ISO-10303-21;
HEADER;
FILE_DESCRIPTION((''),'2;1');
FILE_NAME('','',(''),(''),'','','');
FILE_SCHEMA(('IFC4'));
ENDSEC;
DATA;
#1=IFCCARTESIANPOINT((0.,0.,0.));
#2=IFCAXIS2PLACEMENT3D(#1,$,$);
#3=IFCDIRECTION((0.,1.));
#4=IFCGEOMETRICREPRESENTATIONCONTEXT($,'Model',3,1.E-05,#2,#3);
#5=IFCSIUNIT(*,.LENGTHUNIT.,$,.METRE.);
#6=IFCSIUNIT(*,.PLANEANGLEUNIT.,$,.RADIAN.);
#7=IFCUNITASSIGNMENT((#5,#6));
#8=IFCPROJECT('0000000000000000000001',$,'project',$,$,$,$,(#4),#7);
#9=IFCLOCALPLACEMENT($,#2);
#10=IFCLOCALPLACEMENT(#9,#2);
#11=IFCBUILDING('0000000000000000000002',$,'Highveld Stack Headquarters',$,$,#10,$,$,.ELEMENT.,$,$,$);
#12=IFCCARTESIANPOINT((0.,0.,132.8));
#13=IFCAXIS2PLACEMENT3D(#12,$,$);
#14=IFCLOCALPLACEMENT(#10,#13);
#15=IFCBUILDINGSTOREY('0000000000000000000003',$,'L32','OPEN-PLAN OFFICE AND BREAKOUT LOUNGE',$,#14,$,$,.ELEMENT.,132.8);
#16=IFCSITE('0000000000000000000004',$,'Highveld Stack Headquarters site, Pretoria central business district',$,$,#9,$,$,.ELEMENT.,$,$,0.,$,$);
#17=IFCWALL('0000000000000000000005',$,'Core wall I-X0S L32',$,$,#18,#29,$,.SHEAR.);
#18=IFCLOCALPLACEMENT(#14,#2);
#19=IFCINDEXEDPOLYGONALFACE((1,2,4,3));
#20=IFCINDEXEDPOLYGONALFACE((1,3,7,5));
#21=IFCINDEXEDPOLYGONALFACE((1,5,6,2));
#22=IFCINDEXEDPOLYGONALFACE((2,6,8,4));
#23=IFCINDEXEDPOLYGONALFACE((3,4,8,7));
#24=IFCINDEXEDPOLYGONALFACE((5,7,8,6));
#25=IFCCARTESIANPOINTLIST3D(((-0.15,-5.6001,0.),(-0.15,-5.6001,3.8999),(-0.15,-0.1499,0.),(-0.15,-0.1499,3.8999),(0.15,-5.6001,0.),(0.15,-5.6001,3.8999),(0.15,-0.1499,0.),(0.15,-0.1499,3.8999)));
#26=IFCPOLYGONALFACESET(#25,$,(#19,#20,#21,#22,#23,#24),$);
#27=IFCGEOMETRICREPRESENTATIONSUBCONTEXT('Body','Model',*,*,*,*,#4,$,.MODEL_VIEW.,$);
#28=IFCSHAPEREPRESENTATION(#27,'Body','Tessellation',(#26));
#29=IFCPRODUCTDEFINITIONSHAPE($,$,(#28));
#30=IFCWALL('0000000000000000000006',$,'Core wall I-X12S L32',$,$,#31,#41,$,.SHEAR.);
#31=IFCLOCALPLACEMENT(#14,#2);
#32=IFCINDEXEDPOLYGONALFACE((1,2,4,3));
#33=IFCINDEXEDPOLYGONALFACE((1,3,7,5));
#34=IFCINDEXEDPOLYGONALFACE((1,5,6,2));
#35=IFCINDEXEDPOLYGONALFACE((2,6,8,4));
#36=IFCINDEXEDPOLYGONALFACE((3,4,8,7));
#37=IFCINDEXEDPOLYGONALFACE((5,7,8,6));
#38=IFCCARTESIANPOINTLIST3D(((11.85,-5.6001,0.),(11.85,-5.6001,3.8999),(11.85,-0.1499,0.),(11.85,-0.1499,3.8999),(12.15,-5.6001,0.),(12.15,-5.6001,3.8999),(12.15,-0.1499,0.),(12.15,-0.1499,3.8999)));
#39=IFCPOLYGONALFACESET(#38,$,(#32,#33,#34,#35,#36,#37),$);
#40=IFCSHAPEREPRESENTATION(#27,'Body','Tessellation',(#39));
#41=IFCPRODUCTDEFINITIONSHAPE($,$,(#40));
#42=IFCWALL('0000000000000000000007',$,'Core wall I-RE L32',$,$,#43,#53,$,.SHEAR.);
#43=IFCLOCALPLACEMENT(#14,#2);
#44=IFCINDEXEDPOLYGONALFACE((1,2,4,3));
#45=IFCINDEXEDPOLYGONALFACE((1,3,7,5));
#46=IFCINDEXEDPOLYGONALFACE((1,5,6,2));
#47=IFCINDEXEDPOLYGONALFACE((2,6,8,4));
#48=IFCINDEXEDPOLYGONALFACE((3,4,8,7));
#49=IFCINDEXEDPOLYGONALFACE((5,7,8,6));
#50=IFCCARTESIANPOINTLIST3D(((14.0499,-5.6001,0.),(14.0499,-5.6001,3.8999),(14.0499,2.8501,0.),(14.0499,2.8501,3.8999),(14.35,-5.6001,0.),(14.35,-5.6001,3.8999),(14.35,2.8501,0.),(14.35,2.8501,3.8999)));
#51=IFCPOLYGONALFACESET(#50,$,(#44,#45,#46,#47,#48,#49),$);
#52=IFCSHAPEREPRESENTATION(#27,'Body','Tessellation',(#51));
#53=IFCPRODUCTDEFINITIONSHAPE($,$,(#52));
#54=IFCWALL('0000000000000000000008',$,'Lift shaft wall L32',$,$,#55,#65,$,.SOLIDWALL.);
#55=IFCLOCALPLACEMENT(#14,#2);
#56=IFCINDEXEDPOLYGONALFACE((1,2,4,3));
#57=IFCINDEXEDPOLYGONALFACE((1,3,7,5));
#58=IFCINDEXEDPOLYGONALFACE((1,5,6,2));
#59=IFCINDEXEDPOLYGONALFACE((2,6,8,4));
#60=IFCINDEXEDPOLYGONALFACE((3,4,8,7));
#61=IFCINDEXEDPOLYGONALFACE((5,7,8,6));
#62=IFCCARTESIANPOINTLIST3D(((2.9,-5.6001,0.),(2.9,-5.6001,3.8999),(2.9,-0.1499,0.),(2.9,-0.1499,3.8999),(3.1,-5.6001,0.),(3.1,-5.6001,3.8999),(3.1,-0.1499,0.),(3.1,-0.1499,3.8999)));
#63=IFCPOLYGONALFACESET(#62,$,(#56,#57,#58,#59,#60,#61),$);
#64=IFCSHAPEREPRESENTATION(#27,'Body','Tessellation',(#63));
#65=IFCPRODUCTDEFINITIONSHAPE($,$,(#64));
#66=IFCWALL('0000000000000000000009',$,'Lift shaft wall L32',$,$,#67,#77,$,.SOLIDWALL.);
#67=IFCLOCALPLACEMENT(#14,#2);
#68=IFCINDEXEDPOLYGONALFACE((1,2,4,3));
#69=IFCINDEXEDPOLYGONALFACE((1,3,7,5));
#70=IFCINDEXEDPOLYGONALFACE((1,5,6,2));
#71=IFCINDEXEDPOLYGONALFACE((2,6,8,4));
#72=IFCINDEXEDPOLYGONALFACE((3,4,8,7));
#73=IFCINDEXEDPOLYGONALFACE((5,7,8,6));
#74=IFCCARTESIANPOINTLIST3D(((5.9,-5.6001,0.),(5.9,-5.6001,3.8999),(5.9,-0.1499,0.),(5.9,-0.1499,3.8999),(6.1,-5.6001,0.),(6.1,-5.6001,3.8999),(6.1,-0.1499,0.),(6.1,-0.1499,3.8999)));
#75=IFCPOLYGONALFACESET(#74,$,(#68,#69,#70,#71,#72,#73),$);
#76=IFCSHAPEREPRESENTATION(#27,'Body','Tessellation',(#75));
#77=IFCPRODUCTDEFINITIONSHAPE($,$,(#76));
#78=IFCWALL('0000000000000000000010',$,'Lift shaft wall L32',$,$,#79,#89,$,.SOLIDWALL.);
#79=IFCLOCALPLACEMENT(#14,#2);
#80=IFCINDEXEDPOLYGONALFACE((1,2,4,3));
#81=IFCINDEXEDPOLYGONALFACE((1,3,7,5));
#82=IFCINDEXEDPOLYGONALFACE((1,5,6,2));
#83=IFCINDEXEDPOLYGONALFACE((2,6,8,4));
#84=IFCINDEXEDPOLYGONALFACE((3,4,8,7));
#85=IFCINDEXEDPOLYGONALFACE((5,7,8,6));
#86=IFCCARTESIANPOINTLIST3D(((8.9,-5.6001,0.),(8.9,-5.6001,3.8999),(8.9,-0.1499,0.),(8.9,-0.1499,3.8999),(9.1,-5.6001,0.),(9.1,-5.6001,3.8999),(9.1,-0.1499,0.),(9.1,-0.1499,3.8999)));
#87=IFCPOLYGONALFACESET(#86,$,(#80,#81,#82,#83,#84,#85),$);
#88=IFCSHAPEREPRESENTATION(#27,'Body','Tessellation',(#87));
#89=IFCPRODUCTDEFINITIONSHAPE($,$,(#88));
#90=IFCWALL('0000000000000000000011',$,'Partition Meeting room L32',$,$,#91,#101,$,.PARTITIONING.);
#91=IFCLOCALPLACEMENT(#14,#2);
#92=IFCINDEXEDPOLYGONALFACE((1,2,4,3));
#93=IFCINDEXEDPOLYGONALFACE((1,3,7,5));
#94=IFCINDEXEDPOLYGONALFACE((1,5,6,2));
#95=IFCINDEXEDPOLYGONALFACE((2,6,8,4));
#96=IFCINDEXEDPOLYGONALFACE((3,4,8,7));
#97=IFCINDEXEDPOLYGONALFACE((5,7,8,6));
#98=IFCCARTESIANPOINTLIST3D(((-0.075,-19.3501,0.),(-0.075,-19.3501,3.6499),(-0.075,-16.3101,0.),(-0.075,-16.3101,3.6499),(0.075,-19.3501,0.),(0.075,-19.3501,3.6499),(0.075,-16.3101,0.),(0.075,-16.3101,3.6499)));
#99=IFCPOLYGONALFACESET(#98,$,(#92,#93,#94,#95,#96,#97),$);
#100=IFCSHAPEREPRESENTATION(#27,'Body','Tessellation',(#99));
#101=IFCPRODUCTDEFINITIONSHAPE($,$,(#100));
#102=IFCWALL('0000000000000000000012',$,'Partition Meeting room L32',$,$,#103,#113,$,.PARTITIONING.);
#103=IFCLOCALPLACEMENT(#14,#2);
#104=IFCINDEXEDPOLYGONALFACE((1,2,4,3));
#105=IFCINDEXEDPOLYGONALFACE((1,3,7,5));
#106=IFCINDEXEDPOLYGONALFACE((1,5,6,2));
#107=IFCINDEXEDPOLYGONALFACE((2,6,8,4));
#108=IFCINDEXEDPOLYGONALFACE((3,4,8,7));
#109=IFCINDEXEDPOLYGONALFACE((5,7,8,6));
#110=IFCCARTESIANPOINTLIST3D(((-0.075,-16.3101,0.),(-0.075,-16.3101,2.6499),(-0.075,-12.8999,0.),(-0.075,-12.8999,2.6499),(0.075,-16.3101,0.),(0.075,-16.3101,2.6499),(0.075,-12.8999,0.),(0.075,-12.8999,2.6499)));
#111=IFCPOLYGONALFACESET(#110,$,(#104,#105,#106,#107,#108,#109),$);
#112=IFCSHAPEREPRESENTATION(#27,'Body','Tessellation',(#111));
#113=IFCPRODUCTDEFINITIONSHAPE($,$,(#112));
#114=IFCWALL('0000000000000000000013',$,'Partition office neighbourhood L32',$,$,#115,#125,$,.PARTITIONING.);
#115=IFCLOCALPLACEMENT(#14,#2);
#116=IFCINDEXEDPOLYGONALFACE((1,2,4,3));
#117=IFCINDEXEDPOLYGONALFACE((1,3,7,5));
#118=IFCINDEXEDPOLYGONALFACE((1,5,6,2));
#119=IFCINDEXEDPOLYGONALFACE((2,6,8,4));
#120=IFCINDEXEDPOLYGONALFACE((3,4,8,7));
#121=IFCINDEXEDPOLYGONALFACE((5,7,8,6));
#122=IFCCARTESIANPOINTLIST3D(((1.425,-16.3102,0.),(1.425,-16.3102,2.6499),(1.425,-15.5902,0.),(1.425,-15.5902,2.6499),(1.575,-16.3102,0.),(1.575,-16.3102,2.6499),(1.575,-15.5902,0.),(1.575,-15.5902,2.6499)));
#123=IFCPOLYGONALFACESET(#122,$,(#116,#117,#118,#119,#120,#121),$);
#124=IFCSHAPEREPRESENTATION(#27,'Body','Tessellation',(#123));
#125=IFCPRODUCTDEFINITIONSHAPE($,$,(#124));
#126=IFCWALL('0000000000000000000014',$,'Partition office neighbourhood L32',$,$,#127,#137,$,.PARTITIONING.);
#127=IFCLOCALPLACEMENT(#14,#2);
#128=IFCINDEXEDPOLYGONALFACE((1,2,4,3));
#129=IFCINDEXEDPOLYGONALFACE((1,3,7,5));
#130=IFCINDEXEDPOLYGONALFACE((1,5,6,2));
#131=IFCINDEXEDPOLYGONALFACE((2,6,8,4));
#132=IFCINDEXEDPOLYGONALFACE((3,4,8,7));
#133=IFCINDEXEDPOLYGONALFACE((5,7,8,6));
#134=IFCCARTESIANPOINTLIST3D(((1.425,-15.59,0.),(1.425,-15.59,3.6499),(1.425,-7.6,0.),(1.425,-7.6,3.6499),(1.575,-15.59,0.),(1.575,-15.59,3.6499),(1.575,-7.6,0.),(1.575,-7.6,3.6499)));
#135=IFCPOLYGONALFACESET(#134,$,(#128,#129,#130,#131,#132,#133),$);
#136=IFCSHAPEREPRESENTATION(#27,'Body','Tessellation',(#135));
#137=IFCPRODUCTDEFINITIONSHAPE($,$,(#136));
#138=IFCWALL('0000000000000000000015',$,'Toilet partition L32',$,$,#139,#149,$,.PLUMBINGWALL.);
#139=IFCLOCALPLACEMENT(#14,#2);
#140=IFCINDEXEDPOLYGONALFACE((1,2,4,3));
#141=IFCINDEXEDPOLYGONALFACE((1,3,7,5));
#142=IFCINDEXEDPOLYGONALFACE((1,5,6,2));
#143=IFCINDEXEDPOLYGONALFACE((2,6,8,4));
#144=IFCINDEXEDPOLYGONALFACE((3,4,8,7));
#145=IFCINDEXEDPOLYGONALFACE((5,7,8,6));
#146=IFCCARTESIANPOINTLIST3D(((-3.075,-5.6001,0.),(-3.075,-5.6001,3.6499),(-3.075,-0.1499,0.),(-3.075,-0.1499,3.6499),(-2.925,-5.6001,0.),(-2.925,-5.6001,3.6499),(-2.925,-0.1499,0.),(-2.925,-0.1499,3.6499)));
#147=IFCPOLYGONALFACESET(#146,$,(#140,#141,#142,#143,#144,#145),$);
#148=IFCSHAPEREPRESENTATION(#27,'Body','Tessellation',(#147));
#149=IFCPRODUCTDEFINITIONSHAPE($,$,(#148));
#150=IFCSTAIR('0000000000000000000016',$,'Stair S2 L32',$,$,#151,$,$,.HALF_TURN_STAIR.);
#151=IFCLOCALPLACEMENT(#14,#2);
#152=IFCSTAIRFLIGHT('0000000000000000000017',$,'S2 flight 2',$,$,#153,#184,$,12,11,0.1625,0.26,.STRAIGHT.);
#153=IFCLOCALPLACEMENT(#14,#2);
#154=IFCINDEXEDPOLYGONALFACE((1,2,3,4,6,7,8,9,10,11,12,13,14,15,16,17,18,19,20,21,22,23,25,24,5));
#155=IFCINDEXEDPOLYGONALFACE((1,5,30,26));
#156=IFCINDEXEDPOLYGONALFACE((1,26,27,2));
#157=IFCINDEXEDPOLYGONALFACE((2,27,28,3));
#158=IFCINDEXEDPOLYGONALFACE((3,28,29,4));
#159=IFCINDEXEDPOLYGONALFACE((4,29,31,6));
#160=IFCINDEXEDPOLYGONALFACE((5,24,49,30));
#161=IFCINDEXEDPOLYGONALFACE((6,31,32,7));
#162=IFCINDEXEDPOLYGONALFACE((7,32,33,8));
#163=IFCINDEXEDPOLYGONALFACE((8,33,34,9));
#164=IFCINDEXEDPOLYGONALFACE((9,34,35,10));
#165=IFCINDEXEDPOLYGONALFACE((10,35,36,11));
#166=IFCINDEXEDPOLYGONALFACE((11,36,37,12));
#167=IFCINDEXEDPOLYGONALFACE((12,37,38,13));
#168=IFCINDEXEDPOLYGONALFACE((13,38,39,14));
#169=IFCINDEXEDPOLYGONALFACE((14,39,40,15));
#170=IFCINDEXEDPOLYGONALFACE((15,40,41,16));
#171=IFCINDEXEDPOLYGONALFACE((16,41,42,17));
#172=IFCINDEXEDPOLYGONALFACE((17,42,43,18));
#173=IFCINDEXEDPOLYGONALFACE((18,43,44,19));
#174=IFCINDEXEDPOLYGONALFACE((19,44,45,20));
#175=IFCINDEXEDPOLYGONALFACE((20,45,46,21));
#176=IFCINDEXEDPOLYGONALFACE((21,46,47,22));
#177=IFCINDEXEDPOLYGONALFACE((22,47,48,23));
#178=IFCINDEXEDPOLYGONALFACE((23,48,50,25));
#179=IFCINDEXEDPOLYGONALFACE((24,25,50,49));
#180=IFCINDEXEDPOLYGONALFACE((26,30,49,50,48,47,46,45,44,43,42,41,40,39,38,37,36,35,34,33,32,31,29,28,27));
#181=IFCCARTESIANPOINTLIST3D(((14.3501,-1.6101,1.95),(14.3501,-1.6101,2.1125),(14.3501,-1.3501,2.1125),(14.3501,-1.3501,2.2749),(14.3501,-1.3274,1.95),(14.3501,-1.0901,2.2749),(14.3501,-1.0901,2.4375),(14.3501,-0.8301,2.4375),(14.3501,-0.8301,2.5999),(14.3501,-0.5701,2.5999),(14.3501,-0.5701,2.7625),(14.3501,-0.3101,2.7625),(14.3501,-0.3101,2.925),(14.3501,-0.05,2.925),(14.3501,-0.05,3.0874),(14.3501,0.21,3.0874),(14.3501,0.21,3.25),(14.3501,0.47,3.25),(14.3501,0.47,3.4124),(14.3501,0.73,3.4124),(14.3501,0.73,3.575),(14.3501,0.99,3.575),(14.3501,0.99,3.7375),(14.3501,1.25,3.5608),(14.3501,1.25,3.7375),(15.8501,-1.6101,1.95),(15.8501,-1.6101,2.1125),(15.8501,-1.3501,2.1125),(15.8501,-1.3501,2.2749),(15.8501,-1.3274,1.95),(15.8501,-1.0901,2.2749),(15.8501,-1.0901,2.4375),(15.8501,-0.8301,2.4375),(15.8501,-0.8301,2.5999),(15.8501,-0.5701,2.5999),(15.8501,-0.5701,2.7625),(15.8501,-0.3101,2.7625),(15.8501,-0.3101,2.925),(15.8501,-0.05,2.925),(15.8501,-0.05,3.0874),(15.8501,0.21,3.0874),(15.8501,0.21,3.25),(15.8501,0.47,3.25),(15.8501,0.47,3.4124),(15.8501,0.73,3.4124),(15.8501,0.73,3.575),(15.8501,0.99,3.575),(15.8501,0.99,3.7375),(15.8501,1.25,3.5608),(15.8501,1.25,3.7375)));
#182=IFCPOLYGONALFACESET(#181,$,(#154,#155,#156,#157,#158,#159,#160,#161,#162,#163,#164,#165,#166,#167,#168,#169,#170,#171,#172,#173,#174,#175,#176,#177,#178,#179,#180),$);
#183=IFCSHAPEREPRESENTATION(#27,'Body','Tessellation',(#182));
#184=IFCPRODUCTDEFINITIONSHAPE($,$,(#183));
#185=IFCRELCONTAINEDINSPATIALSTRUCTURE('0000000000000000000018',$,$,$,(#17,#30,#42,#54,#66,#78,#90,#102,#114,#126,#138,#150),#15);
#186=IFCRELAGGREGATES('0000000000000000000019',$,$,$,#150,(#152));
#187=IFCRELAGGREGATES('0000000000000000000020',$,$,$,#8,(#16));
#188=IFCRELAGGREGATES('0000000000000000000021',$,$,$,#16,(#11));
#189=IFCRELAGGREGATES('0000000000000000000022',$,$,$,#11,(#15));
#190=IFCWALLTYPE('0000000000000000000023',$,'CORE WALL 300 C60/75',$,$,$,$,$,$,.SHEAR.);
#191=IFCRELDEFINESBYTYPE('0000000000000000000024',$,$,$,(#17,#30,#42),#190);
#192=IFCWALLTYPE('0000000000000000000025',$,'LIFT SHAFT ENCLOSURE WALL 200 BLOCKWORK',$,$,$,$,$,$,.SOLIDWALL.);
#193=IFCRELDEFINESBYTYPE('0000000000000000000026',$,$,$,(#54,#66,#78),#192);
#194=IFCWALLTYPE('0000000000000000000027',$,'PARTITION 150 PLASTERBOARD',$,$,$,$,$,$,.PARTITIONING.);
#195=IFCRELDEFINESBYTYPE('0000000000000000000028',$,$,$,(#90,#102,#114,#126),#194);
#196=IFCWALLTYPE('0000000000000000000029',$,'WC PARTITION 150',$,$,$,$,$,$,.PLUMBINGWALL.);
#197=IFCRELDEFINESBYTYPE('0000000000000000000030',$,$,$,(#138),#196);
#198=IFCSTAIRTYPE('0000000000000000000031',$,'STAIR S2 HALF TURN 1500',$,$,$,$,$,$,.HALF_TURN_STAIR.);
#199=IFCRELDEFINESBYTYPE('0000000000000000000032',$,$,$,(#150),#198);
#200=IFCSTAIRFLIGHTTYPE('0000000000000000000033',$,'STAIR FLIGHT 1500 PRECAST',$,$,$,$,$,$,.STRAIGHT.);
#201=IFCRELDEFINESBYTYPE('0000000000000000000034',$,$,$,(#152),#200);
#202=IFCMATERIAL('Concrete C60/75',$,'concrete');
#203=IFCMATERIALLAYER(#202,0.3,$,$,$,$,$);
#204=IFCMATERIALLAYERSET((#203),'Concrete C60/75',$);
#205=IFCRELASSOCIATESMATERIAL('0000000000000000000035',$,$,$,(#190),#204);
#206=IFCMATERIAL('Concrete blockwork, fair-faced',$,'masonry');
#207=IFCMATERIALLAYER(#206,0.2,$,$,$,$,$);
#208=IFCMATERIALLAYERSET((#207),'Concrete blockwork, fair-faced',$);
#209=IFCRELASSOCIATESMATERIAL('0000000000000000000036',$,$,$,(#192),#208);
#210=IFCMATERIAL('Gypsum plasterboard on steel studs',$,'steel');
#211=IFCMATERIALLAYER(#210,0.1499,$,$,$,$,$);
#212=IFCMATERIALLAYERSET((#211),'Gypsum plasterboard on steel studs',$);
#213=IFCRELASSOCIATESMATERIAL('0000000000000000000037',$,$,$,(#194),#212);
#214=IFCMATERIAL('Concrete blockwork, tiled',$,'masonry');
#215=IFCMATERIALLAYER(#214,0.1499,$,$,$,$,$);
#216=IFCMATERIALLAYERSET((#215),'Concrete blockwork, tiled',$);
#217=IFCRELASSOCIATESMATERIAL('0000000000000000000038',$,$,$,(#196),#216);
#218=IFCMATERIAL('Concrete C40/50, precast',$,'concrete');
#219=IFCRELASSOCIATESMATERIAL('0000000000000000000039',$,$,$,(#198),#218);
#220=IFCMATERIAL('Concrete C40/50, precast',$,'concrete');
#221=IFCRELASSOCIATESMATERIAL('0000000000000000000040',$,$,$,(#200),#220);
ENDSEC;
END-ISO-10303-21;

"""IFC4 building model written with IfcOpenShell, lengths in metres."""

from ifc_helpers import new_model, si_unit, direction, frame, frame_2d, origin, place, context, subcontext, project, spatial, polyline, rectangle, outline, extrude, material, layer, layer_set, type_object, element, aggregate, save


model = new_model("IFC4")

# Units and contexts
model_context = context("Model", 3, precision=1e-05, world=origin(), true_north=direction((0.0, 1.0)))
body_context = subcontext(model_context, "Body", "Model", "MODEL_VIEW")
ifc_project = project(units=[si_unit("LENGTHUNIT", "METRE"), si_unit("PLANEANGLEUNIT", "RADIAN")], contexts=[model_context])

# Site, building, storey
site_placement = place(None, origin())
site = spatial("IfcSite", under=ifc_project, at=site_placement, Name="Highveld Stack Headquarters site, Pretoria central business district", CompositionType="ELEMENT", RefElevation=0.0)
building_placement = place(site_placement, origin())
building = spatial("IfcBuilding", under=site, at=building_placement, Name="Highveld Stack Headquarters", CompositionType="ELEMENT")
storey_placement = place(building_placement, frame((0.0, 0.0, 132.8)))
storey = spatial("IfcBuildingStorey", under=building, at=storey_placement, Name="L32", Description="OPEN-PLAN OFFICE AND BREAKOUT LOUNGE", CompositionType="ELEMENT", Elevation=132.8)

# Walls
ifc_material_1 = material(Name="Concrete C60/75", Category="concrete")
ifc_layer_1 = layer(ifc_material_1, 0.3)
ifc_layer_set_1 = layer_set([ifc_layer_1], Name="Concrete C60/75")
wall_type_1 = type_object("IfcWallType", Name="CORE WALL 300 C60/75", PredefinedType="SHEAR", material=ifc_layer_set_1)
for number, where, z_axis, x_axis, name in (
    (1, (0.0, -5.6001, 0.0), (0.0, 0.0, 1.0), (0.0, 1.0, 0.0), "Core wall I-X0S L32"),
    (2, (12.0, -5.6001, 0.0), (0.0, 0.0, 1.0), (0.0, 1.0, 0.0), "Core wall I-X12S L32"),
):
    element("IfcWall", number, at=place(storey_placement, frame(where, z_axis=z_axis, x_axis=x_axis)), inside=storey, type_object=wall_type_1, Name=name, PredefinedType="SHEAR", context=body_context, shape_type="SweptSolid", body=[
        extrude(rectangle(XDim=5.4502, YDim=0.3, at=frame_2d((2.7251, 0.0))), origin(), (0.0, 0.0, 1.0), 3.8999),
    ])
wall_1_placement = place(storey_placement, frame((14.2, -5.6001, 0.0), z_axis=(0.0, 0.0, 1.0), x_axis=(0.0, 1.0, 0.0)))
element("IfcWall", 3, at=wall_1_placement, inside=storey, type_object=wall_type_1, Name="Core wall I-RE L32", PredefinedType="SHEAR", context=body_context, shape_type="SweptSolid", body=[
    extrude(rectangle(XDim=8.4502, YDim=0.3, at=frame_2d((4.2251, 0.0))), origin(), (0.0, 0.0, 1.0), 3.8999),
])
ifc_material_2 = material(Name="Concrete blockwork, fair-faced", Category="masonry")
ifc_layer_2 = layer(ifc_material_2, 0.2)
ifc_layer_set_2 = layer_set([ifc_layer_2], Name="Concrete blockwork, fair-faced")
wall_type_2 = type_object("IfcWallType", Name="LIFT SHAFT ENCLOSURE WALL 200 BLOCKWORK", PredefinedType="SOLIDWALL", material=ifc_layer_set_2)
for number, where, z_axis, x_axis, name in (
    (4, (3.0, -5.6001, 0.0), (0.0, 0.0, 1.0), (0.0, 1.0, 0.0), "Lift shaft wall L32"),
    (5, (6.0, -5.6001, 0.0), (0.0, 0.0, 1.0), (0.0, 1.0, 0.0), "Lift shaft wall L32"),
    (6, (9.0, -5.6001, 0.0), (0.0, 0.0, 1.0), (0.0, 1.0, 0.0), "Lift shaft wall L32"),
):
    element("IfcWall", number, at=place(storey_placement, frame(where, z_axis=z_axis, x_axis=x_axis)), inside=storey, type_object=wall_type_2, Name=name, PredefinedType="SOLIDWALL", context=body_context, shape_type="SweptSolid", body=[
        extrude(rectangle(XDim=5.4502, YDim=0.2, at=frame_2d((2.7251, 0.0))), origin(), (0.0, 0.0, 1.0), 3.8999),
    ])
ifc_material_3 = material(Name="Gypsum plasterboard on steel studs", Category="steel")
ifc_layer_3 = layer(ifc_material_3, 0.1499)
ifc_layer_set_3 = layer_set([ifc_layer_3], Name="Gypsum plasterboard on steel studs")
wall_type_3 = type_object("IfcWallType", Name="PARTITION 150 PLASTERBOARD", PredefinedType="PARTITIONING", material=ifc_layer_set_3)
wall_2_placement = place(storey_placement, frame((0.0, -19.3501, 0.0), z_axis=(0.0, 0.0, 1.0), x_axis=(0.0, 1.0, 0.0)))
element("IfcWall", 7, at=wall_2_placement, inside=storey, type_object=wall_type_3, Name="Partition Meeting room L32", PredefinedType="PARTITIONING", context=body_context, shape_type="SweptSolid", body=[
    extrude(rectangle(XDim=3.04, YDim=0.1499, at=frame_2d((1.52, 0.0))), origin(), (0.0, 0.0, 1.0), 3.6499),
])
wall_3_placement = place(storey_placement, frame((0.0, -16.3101, 0.0), z_axis=(0.0, 0.0, 1.0), x_axis=(0.0, 1.0, 0.0)))
element("IfcWall", 8, at=wall_3_placement, inside=storey, type_object=wall_type_3, Name="Partition Meeting room L32", PredefinedType="PARTITIONING", context=body_context, shape_type="SweptSolid", body=[
    extrude(rectangle(XDim=3.4102, YDim=0.1499, at=frame_2d((1.7051, 0.0))), origin(), (0.0, 0.0, 1.0), 2.6499),
])
wall_4_placement = place(storey_placement, frame((1.5, -16.3101, 0.0), z_axis=(0.0, 0.0, 1.0), x_axis=(0.0, 1.0, 0.0)))
element("IfcWall", 9, at=wall_4_placement, inside=storey, type_object=wall_type_3, Name="Partition office neighbourhood L32", PredefinedType="PARTITIONING", context=body_context, shape_type="SweptSolid", body=[
    extrude(rectangle(XDim=0.72, YDim=0.1499, at=frame_2d((0.3599, 0.0))), origin(), (0.0, 0.0, 1.0), 2.6499),
])
wall_5_placement = place(storey_placement, frame((1.5, -15.5901, 0.0), z_axis=(0.0, 0.0, 1.0), x_axis=(0.0, 1.0, 0.0)))
element("IfcWall", 10, at=wall_5_placement, inside=storey, type_object=wall_type_3, Name="Partition office neighbourhood L32", PredefinedType="PARTITIONING", context=body_context, shape_type="SweptSolid", body=[
    extrude(rectangle(XDim=7.99, YDim=0.1499, at=frame_2d((3.9951, 0.0))), origin(), (0.0, 0.0, 1.0), 3.6499),
])
ifc_material_4 = material(Name="Concrete blockwork, tiled", Category="masonry")
ifc_layer_4 = layer(ifc_material_4, 0.1499)
ifc_layer_set_4 = layer_set([ifc_layer_4], Name="Concrete blockwork, tiled")
wall_type_4 = type_object("IfcWallType", Name="WC PARTITION 150", PredefinedType="PLUMBINGWALL", material=ifc_layer_set_4)
wall_6_placement = place(storey_placement, frame((-3.0, -5.6001, 0.0), z_axis=(0.0, 0.0, 1.0), x_axis=(0.0, 1.0, 0.0)))
element("IfcWall", 11, at=wall_6_placement, inside=storey, type_object=wall_type_4, Name="Toilet partition L32", PredefinedType="PLUMBINGWALL", context=body_context, shape_type="SweptSolid", body=[
    extrude(rectangle(XDim=5.4502, YDim=0.1499, at=frame_2d((2.7251, 0.0))), origin(), (0.0, 0.0, 1.0), 3.6499),
])

# Stair, stair flight
ifc_material_5 = material(Name="Concrete C40/50, precast", Category="concrete")
stair_type_1 = type_object("IfcStairType", Name="STAIR S2 HALF TURN 1500", PredefinedType="HALF_TURN_STAIR", material=ifc_material_5)
stair_1_placement = place(storey_placement, origin())
stair_1 = element("IfcStair", 12, at=stair_1_placement, inside=storey, type_object=stair_type_1, Name="Stair S2 L32", PredefinedType="HALF_TURN_STAIR")
ifc_material_6 = material(Name="Concrete C40/50, precast", Category="concrete")
stair_flight_type = type_object("IfcStairFlightType", Name="STAIR FLIGHT 1500 PRECAST", PredefinedType="STRAIGHT", material=ifc_material_6)
stair_flight_placement = place(storey_placement, frame((15.1001, -1.6101, 1.95), z_axis=(0.0, 0.0, 1.0), x_axis=(0.0, 1.0, 0.0)))
stair_flight = element("IfcStairFlight", 13, at=stair_flight_placement, type_object=stair_flight_type, Name="S2 flight 2", NumberOfRisers=12, NumberOfTreads=11, PredefinedType="STRAIGHT", RiserHeight=0.1625, TreadLength=0.26, context=body_context, shape_type="SweptSolid", body=[
    extrude(outline(polyline([(0.0, 0.0), (0.0, 0.1626), (0.26, 0.1626), (0.26, 0.325), (0.52, 0.325), (0.52, 0.4875), (0.78, 0.4875), (0.78, 0.6499), (1.04, 0.6499), (1.04, 0.8125), (1.3, 0.8125), (1.3, 0.9751), (1.5601, 0.9751), (1.5601, 1.1375), (1.8201, 1.1375), (1.8201, 1.3), (2.0801, 1.3), (2.0801, 1.4624), (2.3401, 1.4624), (2.3401, 1.625), (2.6001, 1.625), (2.6001, 1.7876), (2.8601, 1.7876), (2.8601, 1.95), (2.8601, 1.6108), (0.2827, 0.0), (0.0, 0.0)])), frame((0.0, 0.75, 0.0), z_axis=(0.0, -1.0, 0.0), x_axis=(1.0, 0.0, 0.0)), (0.0, 0.0, 1.0), 1.5),
])
aggregate(stair_1, [stair_flight])

save(model, "model.ifc")
